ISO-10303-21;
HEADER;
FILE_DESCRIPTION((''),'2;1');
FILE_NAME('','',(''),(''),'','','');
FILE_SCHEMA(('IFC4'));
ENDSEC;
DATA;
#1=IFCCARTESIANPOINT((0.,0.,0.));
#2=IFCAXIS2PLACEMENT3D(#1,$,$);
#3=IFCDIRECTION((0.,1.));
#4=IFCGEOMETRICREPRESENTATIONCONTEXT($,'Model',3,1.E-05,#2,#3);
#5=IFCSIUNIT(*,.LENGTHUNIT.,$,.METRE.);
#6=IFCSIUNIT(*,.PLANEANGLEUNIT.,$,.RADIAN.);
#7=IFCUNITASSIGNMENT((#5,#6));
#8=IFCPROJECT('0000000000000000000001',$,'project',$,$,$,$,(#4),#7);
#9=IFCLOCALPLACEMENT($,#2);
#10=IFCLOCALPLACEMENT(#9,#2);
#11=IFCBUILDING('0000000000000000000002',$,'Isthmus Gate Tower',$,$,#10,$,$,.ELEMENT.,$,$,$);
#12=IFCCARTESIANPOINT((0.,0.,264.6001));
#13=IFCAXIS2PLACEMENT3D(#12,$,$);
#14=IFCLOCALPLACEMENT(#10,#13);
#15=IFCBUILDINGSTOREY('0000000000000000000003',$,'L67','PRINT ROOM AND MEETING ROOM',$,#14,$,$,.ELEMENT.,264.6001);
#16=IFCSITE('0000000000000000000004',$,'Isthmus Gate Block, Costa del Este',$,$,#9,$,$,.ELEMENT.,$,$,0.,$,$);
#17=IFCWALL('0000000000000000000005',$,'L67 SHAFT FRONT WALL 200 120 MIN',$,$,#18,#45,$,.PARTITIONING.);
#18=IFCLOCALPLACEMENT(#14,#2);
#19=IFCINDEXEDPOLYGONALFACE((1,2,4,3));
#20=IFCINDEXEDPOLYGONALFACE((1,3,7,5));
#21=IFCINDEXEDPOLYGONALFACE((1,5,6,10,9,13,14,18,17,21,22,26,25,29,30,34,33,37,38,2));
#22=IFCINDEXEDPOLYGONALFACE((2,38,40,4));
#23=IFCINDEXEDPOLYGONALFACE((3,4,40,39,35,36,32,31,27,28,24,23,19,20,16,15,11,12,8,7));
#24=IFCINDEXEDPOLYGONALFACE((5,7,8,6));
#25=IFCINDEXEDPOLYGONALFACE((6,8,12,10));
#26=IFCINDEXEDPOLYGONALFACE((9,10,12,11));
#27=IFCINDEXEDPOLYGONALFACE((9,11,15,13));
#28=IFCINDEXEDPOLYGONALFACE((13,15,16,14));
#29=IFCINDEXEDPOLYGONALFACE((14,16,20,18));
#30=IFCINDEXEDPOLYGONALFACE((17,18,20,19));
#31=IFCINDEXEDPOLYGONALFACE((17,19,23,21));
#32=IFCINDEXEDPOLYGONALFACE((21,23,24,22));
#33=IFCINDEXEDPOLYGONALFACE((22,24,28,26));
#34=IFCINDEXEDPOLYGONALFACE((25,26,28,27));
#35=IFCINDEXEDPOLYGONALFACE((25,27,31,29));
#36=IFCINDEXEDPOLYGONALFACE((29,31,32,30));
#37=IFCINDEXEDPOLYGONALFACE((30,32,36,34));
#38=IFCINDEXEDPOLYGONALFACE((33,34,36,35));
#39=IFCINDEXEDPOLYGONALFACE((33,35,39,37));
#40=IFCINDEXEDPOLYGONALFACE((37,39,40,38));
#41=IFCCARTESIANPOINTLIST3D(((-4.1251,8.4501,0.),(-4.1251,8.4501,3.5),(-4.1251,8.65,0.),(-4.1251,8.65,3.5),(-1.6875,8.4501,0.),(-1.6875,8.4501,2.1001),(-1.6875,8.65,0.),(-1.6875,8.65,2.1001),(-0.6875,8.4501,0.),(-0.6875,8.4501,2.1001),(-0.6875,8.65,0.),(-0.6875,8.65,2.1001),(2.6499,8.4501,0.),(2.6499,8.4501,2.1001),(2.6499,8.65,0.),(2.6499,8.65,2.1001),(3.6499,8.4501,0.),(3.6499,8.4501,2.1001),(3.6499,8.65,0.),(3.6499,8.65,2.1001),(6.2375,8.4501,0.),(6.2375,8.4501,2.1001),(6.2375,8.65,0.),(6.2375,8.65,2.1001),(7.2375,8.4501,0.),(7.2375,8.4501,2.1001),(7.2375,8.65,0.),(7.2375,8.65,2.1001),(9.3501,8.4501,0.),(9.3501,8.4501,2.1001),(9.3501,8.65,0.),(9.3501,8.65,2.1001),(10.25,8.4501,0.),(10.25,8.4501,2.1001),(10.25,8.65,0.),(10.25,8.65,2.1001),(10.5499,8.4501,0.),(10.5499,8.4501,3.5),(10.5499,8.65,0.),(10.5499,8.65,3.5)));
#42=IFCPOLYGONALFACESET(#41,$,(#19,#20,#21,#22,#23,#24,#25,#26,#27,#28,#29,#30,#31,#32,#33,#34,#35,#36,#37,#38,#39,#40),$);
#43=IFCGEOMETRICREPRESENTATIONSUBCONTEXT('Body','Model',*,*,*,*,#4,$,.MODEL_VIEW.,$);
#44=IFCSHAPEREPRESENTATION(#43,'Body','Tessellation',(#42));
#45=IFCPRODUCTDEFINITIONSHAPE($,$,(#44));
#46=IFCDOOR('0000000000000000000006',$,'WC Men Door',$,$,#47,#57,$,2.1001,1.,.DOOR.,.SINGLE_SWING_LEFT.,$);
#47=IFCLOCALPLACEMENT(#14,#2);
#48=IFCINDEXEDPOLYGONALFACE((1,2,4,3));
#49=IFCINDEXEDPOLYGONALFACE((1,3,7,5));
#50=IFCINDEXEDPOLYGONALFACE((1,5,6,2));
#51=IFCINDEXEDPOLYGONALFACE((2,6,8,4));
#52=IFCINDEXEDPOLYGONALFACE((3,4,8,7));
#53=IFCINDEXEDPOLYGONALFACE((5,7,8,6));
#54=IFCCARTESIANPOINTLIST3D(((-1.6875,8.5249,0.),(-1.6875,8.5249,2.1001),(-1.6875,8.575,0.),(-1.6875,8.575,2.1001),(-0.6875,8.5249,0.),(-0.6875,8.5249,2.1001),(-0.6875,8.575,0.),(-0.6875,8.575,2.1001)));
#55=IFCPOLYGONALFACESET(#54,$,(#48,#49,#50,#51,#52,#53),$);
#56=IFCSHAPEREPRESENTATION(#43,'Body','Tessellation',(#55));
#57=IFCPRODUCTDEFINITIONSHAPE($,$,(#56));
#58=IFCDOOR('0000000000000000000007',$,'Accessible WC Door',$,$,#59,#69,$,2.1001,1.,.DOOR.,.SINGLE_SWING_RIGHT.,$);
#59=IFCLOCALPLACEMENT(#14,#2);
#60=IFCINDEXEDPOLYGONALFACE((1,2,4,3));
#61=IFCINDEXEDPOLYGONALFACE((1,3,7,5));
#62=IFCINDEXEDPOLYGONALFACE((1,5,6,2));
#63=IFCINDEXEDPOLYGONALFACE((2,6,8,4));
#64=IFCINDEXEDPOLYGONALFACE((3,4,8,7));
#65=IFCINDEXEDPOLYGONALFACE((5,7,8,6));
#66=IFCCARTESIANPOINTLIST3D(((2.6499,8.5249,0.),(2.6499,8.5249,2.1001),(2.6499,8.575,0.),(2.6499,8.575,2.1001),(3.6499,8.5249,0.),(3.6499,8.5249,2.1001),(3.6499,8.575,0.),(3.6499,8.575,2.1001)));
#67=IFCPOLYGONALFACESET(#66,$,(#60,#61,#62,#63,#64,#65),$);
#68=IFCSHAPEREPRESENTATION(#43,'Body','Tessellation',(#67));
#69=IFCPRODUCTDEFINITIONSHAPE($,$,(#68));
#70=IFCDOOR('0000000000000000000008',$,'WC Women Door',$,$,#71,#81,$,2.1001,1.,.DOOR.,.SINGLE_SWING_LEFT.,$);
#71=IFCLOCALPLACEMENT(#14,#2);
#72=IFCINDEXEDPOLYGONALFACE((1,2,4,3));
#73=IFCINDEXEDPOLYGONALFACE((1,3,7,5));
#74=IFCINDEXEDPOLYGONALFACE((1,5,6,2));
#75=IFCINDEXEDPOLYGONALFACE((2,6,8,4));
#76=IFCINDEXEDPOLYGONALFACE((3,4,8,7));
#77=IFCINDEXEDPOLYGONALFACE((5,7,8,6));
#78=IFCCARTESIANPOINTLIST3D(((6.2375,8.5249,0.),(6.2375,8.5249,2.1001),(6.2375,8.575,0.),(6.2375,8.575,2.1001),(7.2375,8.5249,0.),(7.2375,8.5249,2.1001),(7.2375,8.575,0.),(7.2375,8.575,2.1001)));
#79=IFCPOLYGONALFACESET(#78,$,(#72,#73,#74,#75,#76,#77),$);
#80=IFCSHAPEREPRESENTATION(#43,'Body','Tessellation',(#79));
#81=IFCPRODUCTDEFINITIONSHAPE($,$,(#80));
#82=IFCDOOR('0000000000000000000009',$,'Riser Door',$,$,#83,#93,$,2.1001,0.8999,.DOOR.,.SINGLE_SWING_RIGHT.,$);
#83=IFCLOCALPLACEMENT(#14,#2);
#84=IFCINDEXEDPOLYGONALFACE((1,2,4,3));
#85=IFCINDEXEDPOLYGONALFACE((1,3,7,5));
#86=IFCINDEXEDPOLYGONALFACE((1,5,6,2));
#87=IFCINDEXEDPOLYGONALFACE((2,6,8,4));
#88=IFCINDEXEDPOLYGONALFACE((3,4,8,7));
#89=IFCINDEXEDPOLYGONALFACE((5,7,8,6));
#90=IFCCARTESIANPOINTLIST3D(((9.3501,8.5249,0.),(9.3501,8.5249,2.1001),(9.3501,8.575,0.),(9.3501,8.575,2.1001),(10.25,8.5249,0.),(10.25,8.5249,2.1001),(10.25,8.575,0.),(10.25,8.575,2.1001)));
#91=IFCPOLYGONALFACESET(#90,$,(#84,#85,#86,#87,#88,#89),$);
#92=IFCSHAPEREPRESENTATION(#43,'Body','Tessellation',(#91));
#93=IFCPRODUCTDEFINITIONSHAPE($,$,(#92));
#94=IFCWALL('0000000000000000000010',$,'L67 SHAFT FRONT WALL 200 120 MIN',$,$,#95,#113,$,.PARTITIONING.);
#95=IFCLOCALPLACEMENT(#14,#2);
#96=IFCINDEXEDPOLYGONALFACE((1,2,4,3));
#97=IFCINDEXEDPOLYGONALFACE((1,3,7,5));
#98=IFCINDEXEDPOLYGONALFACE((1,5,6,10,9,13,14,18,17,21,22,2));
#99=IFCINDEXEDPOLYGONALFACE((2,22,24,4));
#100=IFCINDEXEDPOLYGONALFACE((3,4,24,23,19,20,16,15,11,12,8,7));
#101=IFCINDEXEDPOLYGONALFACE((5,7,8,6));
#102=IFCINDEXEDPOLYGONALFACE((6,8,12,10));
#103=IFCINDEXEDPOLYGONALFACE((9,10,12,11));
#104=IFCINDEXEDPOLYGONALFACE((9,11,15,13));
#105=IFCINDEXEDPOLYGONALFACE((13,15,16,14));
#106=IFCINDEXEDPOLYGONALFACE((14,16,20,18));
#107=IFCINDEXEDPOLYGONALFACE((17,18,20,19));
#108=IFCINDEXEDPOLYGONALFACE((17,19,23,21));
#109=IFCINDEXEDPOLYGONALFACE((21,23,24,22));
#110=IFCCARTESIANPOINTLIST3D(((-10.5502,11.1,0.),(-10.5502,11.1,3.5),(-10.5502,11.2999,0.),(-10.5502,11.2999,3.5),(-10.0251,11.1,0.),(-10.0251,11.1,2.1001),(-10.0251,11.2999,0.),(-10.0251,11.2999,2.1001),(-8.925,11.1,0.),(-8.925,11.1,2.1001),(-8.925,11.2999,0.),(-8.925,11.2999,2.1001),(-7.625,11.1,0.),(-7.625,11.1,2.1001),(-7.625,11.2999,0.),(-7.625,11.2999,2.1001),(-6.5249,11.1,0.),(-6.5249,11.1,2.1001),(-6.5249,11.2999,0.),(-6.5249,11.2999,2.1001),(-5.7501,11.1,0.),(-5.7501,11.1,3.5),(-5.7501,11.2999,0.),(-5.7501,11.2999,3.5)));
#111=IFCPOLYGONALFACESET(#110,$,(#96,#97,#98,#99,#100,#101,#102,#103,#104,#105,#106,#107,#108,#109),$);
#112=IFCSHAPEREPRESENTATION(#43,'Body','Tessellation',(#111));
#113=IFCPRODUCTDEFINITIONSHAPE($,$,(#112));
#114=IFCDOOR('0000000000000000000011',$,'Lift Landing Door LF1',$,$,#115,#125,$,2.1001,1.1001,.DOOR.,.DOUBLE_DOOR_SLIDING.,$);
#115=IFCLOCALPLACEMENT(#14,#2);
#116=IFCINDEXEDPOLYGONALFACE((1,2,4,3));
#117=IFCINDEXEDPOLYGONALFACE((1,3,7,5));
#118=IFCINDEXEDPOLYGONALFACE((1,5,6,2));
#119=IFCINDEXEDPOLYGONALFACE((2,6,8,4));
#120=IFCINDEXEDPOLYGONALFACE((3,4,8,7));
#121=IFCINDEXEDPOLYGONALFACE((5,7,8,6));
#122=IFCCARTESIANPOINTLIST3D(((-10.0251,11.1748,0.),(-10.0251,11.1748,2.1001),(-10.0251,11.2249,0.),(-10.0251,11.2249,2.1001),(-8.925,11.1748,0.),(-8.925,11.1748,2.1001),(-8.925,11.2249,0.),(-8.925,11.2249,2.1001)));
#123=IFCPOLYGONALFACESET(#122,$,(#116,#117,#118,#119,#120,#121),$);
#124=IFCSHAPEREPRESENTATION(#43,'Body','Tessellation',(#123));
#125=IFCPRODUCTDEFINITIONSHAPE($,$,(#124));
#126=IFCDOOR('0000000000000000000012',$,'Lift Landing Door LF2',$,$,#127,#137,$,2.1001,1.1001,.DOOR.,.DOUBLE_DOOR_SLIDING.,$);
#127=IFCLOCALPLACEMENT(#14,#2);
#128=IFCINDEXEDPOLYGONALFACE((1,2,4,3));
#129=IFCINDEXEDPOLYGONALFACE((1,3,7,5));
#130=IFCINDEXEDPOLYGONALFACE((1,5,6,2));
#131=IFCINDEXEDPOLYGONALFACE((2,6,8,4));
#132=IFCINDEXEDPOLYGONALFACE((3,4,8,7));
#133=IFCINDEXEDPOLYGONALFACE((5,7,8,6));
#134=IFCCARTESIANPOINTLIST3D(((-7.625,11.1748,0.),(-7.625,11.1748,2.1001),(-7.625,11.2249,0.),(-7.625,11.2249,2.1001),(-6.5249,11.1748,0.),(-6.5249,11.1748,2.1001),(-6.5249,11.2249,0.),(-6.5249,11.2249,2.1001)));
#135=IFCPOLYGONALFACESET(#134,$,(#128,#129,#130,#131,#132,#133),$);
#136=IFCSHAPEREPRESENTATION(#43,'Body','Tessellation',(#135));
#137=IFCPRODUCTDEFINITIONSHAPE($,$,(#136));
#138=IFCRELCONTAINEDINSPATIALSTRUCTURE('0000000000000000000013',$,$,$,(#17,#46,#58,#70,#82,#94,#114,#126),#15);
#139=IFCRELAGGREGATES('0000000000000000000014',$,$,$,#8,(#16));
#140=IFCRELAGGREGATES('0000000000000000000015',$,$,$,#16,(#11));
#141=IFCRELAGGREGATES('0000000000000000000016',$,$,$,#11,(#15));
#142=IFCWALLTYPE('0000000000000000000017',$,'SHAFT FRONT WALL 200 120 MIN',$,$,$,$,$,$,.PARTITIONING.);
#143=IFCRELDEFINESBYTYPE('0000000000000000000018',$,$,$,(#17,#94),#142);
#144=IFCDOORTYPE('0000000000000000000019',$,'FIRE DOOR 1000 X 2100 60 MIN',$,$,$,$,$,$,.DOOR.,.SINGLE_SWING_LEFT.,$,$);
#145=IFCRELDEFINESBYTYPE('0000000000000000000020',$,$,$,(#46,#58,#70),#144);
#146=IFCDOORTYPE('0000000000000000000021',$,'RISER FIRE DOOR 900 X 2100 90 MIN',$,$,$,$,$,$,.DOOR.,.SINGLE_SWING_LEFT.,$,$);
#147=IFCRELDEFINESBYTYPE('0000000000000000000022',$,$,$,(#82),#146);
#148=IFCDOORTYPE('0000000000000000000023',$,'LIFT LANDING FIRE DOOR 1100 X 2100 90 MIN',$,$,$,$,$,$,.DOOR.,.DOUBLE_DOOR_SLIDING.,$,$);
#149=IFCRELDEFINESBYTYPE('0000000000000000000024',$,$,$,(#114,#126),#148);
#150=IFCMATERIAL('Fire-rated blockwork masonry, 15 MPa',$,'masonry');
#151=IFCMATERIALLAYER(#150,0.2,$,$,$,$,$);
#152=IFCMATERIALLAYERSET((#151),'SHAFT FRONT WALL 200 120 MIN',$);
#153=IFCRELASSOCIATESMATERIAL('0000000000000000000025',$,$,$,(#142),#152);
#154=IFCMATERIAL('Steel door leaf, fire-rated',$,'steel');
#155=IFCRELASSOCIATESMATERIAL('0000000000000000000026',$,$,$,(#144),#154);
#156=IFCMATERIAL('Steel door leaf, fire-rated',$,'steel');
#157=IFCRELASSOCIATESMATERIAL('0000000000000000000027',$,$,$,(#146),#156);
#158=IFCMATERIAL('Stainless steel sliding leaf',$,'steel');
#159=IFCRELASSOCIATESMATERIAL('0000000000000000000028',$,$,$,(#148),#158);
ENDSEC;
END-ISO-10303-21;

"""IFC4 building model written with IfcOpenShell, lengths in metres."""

from ifc_helpers import new_model, si_unit, direction, frame, frame_2d, origin, place, context, subcontext, project, spatial, rectangle, extrude, material, layer, layer_set, type_object, element, fill, save


model = new_model("IFC4")

# Units and contexts
model_context = context("Model", 3, precision=1e-05, world=origin(), true_north=direction((0.0, 1.0)))
body_context = subcontext(model_context, "Body", "Model", "MODEL_VIEW")
ifc_project = project(units=[si_unit("LENGTHUNIT", "METRE"), si_unit("PLANEANGLEUNIT", "RADIAN")], contexts=[model_context])

# Site, building, storey
site_placement = place(None, origin())
site = spatial("IfcSite", under=ifc_project, at=site_placement, Name="Isthmus Gate Block, Costa del Este", CompositionType="ELEMENT", RefElevation=0.0)
building_placement = place(site_placement, origin())
building = spatial("IfcBuilding", under=site, at=building_placement, Name="Isthmus Gate Tower", CompositionType="ELEMENT")
storey_placement = place(building_placement, frame((0.0, 0.0, 264.6001)))
storey = spatial("IfcBuildingStorey", under=building, at=storey_placement, Name="L67", Description="PRINT ROOM AND MEETING ROOM", CompositionType="ELEMENT", Elevation=264.6001)

# Walls, openings, doors
ifc_material_1 = material(Name="Fire-rated blockwork masonry, 15 MPa", Category="masonry")
ifc_layer_1 = layer(ifc_material_1, 0.2)
ifc_layer_set_1 = layer_set([ifc_layer_1], Name="SHAFT FRONT WALL 200 120 MIN")
wall_type_1 = type_object("IfcWallType", Name="SHAFT FRONT WALL 200 120 MIN", PredefinedType="PARTITIONING", material=ifc_layer_set_1)
wall_1_placement = place(storey_placement, frame((-4.125, 8.55, 0.0), z_axis=(0.0, 0.0, 1.0), x_axis=(1.0, 0.0, 0.0)))
wall_1 = element("IfcWall", 1, at=wall_1_placement, inside=storey, type_object=wall_type_1, Name="L67 SHAFT FRONT WALL 200 120 MIN", PredefinedType="PARTITIONING", context=body_context, shape_type="SweptSolid", body=[
    extrude(rectangle(XDim=14.675, YDim=0.2, at=frame_2d((7.3374, 0.0))), origin(), (0.0, 0.0, 1.0), 3.5),
])
opening_1_placement = place(wall_1_placement, frame((2.4375, 0.0, 0.0)))
opening_1 = element("IfcOpeningElement", 2, at=opening_1_placement, cuts=wall_1, PredefinedType="OPENING", context=body_context, shape_type="SweptSolid", body=[
    extrude(rectangle(XDim=1.0, YDim=2.1001, at=frame_2d((0.5, 1.05))), frame((0.0, 0.1099, 0.0), z_axis=(0.0, -1.0, 0.0), x_axis=(1.0, 0.0, 0.0)), (0.0, 0.0, 1.0), 0.22),
])
opening_2_placement = place(wall_1_placement, frame((6.7749, 0.0, 0.0)))
opening_2 = element("IfcOpeningElement", 3, at=opening_2_placement, cuts=wall_1, PredefinedType="OPENING", context=body_context, shape_type="SweptSolid", body=[
    extrude(rectangle(XDim=1.0, YDim=2.1001, at=frame_2d((0.5, 1.05))), frame((0.0, 0.1099, 0.0), z_axis=(0.0, -1.0, 0.0), x_axis=(1.0, 0.0, 0.0)), (0.0, 0.0, 1.0), 0.22),
])
opening_3_placement = place(wall_1_placement, frame((10.3625, 0.0, 0.0)))
opening_3 = element("IfcOpeningElement", 4, at=opening_3_placement, cuts=wall_1, PredefinedType="OPENING", context=body_context, shape_type="SweptSolid", body=[
    extrude(rectangle(XDim=1.0, YDim=2.1001, at=frame_2d((0.5, 1.05))), frame((0.0, 0.1099, 0.0), z_axis=(0.0, -1.0, 0.0), x_axis=(1.0, 0.0, 0.0)), (0.0, 0.0, 1.0), 0.22),
])
opening_4_placement = place(wall_1_placement, frame((13.4751, 0.0, 0.0)))
opening_4 = element("IfcOpeningElement", 5, at=opening_4_placement, cuts=wall_1, PredefinedType="OPENING", context=body_context, shape_type="SweptSolid", body=[
    extrude(rectangle(XDim=0.8999, YDim=2.1001, at=frame_2d((0.45, 1.05))), frame((0.0, 0.1099, 0.0), z_axis=(0.0, -1.0, 0.0), x_axis=(1.0, 0.0, 0.0)), (0.0, 0.0, 1.0), 0.22),
])
ifc_material_2 = material(Name="Steel door leaf, fire-rated", Category="steel")
door_type_1 = type_object("IfcDoorType", Name="FIRE DOOR 1000 X 2100 60 MIN", OperationType="SINGLE_SWING_LEFT", PredefinedType="DOOR", material=ifc_material_2)
door_1_placement = place(opening_1_placement, origin())
door_1 = element("IfcDoor", 6, at=door_1_placement, inside=storey, type_object=door_type_1, Name="WC Men Door", OperationType="SINGLE_SWING_LEFT", OverallHeight=2.1001, OverallWidth=1.0, PredefinedType="DOOR", context=body_context, shape_type="SweptSolid", body=[
    extrude(rectangle(XDim=1.0, YDim=2.1001, at=frame_2d((0.5, 1.05))), frame((0.0, 0.0249, 0.0), z_axis=(0.0, -1.0, 0.0), x_axis=(1.0, 0.0, 0.0)), (0.0, 0.0, 1.0), 0.05),
])
fill(opening_1, door_1)
door_2_placement = place(opening_2_placement, origin())
door_2 = element("IfcDoor", 7, at=door_2_placement, inside=storey, type_object=door_type_1, Name="Accessible WC Door", OperationType="SINGLE_SWING_RIGHT", OverallHeight=2.1001, OverallWidth=1.0, PredefinedType="DOOR", context=body_context, shape_type="SweptSolid", body=[
    extrude(rectangle(XDim=1.0, YDim=2.1001, at=frame_2d((0.5, 1.05))), frame((0.0, 0.0249, 0.0), z_axis=(0.0, -1.0, 0.0), x_axis=(1.0, 0.0, 0.0)), (0.0, 0.0, 1.0), 0.05),
])
fill(opening_2, door_2)
door_3_placement = place(opening_3_placement, origin())
door_3 = element("IfcDoor", 8, at=door_3_placement, inside=storey, type_object=door_type_1, Name="WC Women Door", OperationType="SINGLE_SWING_LEFT", OverallHeight=2.1001, OverallWidth=1.0, PredefinedType="DOOR", context=body_context, shape_type="SweptSolid", body=[
    extrude(rectangle(XDim=1.0, YDim=2.1001, at=frame_2d((0.5, 1.05))), frame((0.0, 0.0249, 0.0), z_axis=(0.0, -1.0, 0.0), x_axis=(1.0, 0.0, 0.0)), (0.0, 0.0, 1.0), 0.05),
])
fill(opening_3, door_3)
ifc_material_3 = material(Name="Steel door leaf, fire-rated", Category="steel")
door_type_2 = type_object("IfcDoorType", Name="RISER FIRE DOOR 900 X 2100 90 MIN", OperationType="SINGLE_SWING_LEFT", PredefinedType="DOOR", material=ifc_material_3)
door_4_placement = place(opening_4_placement, origin())
door_4 = element("IfcDoor", 9, at=door_4_placement, inside=storey, type_object=door_type_2, Name="Riser Door", OperationType="SINGLE_SWING_RIGHT", OverallHeight=2.1001, OverallWidth=0.8999, PredefinedType="DOOR", context=body_context, shape_type="SweptSolid", body=[
    extrude(rectangle(XDim=0.8999, YDim=2.1001, at=frame_2d((0.45, 1.05))), frame((0.0, 0.0249, 0.0), z_axis=(0.0, -1.0, 0.0), x_axis=(1.0, 0.0, 0.0)), (0.0, 0.0, 1.0), 0.05),
])
fill(opening_4, door_4)
wall_2_placement = place(storey_placement, frame((-10.55, 11.2, 0.0), z_axis=(0.0, 0.0, 1.0), x_axis=(1.0, 0.0, 0.0)))
wall_2 = element("IfcWall", 10, at=wall_2_placement, inside=storey, type_object=wall_type_1, Name="L67 SHAFT FRONT WALL 200 120 MIN", PredefinedType="PARTITIONING", context=body_context, shape_type="SweptSolid", body=[
    extrude(rectangle(XDim=4.8, YDim=0.2, at=frame_2d((2.3999, 0.0))), origin(), (0.0, 0.0, 1.0), 3.5),
])
opening_5_placement = place(wall_2_placement, frame((0.5249, 0.0, 0.0)))
opening_5 = element("IfcOpeningElement", 11, at=opening_5_placement, cuts=wall_2, PredefinedType="OPENING", context=body_context, shape_type="SweptSolid", body=[
    extrude(rectangle(XDim=1.1001, YDim=2.1001, at=frame_2d((0.55, 1.05))), frame((0.0, 0.1099, 0.0), z_axis=(0.0, -1.0, 0.0), x_axis=(1.0, 0.0, 0.0)), (0.0, 0.0, 1.0), 0.22),
])
opening_6_placement = place(wall_2_placement, frame((2.925, 0.0, 0.0)))
opening_6 = element("IfcOpeningElement", 12, at=opening_6_placement, cuts=wall_2, PredefinedType="OPENING", context=body_context, shape_type="SweptSolid", body=[
    extrude(rectangle(XDim=1.1001, YDim=2.1001, at=frame_2d((0.55, 1.05))), frame((0.0, 0.1099, 0.0), z_axis=(0.0, -1.0, 0.0), x_axis=(1.0, 0.0, 0.0)), (0.0, 0.0, 1.0), 0.22),
])
ifc_material_4 = material(Name="Stainless steel sliding leaf", Category="steel")
door_type_3 = type_object("IfcDoorType", Name="LIFT LANDING FIRE DOOR 1100 X 2100 90 MIN", OperationType="DOUBLE_DOOR_SLIDING", PredefinedType="DOOR", material=ifc_material_4)
door_5_placement = place(opening_5_placement, origin())
door_5 = element("IfcDoor", 13, at=door_5_placement, inside=storey, type_object=door_type_3, Name="Lift Landing Door LF1", OperationType="DOUBLE_DOOR_SLIDING", OverallHeight=2.1001, OverallWidth=1.1001, PredefinedType="DOOR", context=body_context, shape_type="SweptSolid", body=[
    extrude(rectangle(XDim=1.1001, YDim=2.1001, at=frame_2d((0.55, 1.05))), frame((0.0, 0.0249, 0.0), z_axis=(0.0, -1.0, 0.0), x_axis=(1.0, 0.0, 0.0)), (0.0, 0.0, 1.0), 0.05),
])
fill(opening_5, door_5)
door_6_placement = place(opening_6_placement, origin())
door_6 = element("IfcDoor", 14, at=door_6_placement, inside=storey, type_object=door_type_3, Name="Lift Landing Door LF2", OperationType="DOUBLE_DOOR_SLIDING", OverallHeight=2.1001, OverallWidth=1.1001, PredefinedType="DOOR", context=body_context, shape_type="SweptSolid", body=[
    extrude(rectangle(XDim=1.1001, YDim=2.1001, at=frame_2d((0.55, 1.05))), frame((0.0, 0.0249, 0.0), z_axis=(0.0, -1.0, 0.0), x_axis=(1.0, 0.0, 0.0)), (0.0, 0.0, 1.0), 0.05),
])
fill(opening_6, door_6)

save(model, "model.ifc")
